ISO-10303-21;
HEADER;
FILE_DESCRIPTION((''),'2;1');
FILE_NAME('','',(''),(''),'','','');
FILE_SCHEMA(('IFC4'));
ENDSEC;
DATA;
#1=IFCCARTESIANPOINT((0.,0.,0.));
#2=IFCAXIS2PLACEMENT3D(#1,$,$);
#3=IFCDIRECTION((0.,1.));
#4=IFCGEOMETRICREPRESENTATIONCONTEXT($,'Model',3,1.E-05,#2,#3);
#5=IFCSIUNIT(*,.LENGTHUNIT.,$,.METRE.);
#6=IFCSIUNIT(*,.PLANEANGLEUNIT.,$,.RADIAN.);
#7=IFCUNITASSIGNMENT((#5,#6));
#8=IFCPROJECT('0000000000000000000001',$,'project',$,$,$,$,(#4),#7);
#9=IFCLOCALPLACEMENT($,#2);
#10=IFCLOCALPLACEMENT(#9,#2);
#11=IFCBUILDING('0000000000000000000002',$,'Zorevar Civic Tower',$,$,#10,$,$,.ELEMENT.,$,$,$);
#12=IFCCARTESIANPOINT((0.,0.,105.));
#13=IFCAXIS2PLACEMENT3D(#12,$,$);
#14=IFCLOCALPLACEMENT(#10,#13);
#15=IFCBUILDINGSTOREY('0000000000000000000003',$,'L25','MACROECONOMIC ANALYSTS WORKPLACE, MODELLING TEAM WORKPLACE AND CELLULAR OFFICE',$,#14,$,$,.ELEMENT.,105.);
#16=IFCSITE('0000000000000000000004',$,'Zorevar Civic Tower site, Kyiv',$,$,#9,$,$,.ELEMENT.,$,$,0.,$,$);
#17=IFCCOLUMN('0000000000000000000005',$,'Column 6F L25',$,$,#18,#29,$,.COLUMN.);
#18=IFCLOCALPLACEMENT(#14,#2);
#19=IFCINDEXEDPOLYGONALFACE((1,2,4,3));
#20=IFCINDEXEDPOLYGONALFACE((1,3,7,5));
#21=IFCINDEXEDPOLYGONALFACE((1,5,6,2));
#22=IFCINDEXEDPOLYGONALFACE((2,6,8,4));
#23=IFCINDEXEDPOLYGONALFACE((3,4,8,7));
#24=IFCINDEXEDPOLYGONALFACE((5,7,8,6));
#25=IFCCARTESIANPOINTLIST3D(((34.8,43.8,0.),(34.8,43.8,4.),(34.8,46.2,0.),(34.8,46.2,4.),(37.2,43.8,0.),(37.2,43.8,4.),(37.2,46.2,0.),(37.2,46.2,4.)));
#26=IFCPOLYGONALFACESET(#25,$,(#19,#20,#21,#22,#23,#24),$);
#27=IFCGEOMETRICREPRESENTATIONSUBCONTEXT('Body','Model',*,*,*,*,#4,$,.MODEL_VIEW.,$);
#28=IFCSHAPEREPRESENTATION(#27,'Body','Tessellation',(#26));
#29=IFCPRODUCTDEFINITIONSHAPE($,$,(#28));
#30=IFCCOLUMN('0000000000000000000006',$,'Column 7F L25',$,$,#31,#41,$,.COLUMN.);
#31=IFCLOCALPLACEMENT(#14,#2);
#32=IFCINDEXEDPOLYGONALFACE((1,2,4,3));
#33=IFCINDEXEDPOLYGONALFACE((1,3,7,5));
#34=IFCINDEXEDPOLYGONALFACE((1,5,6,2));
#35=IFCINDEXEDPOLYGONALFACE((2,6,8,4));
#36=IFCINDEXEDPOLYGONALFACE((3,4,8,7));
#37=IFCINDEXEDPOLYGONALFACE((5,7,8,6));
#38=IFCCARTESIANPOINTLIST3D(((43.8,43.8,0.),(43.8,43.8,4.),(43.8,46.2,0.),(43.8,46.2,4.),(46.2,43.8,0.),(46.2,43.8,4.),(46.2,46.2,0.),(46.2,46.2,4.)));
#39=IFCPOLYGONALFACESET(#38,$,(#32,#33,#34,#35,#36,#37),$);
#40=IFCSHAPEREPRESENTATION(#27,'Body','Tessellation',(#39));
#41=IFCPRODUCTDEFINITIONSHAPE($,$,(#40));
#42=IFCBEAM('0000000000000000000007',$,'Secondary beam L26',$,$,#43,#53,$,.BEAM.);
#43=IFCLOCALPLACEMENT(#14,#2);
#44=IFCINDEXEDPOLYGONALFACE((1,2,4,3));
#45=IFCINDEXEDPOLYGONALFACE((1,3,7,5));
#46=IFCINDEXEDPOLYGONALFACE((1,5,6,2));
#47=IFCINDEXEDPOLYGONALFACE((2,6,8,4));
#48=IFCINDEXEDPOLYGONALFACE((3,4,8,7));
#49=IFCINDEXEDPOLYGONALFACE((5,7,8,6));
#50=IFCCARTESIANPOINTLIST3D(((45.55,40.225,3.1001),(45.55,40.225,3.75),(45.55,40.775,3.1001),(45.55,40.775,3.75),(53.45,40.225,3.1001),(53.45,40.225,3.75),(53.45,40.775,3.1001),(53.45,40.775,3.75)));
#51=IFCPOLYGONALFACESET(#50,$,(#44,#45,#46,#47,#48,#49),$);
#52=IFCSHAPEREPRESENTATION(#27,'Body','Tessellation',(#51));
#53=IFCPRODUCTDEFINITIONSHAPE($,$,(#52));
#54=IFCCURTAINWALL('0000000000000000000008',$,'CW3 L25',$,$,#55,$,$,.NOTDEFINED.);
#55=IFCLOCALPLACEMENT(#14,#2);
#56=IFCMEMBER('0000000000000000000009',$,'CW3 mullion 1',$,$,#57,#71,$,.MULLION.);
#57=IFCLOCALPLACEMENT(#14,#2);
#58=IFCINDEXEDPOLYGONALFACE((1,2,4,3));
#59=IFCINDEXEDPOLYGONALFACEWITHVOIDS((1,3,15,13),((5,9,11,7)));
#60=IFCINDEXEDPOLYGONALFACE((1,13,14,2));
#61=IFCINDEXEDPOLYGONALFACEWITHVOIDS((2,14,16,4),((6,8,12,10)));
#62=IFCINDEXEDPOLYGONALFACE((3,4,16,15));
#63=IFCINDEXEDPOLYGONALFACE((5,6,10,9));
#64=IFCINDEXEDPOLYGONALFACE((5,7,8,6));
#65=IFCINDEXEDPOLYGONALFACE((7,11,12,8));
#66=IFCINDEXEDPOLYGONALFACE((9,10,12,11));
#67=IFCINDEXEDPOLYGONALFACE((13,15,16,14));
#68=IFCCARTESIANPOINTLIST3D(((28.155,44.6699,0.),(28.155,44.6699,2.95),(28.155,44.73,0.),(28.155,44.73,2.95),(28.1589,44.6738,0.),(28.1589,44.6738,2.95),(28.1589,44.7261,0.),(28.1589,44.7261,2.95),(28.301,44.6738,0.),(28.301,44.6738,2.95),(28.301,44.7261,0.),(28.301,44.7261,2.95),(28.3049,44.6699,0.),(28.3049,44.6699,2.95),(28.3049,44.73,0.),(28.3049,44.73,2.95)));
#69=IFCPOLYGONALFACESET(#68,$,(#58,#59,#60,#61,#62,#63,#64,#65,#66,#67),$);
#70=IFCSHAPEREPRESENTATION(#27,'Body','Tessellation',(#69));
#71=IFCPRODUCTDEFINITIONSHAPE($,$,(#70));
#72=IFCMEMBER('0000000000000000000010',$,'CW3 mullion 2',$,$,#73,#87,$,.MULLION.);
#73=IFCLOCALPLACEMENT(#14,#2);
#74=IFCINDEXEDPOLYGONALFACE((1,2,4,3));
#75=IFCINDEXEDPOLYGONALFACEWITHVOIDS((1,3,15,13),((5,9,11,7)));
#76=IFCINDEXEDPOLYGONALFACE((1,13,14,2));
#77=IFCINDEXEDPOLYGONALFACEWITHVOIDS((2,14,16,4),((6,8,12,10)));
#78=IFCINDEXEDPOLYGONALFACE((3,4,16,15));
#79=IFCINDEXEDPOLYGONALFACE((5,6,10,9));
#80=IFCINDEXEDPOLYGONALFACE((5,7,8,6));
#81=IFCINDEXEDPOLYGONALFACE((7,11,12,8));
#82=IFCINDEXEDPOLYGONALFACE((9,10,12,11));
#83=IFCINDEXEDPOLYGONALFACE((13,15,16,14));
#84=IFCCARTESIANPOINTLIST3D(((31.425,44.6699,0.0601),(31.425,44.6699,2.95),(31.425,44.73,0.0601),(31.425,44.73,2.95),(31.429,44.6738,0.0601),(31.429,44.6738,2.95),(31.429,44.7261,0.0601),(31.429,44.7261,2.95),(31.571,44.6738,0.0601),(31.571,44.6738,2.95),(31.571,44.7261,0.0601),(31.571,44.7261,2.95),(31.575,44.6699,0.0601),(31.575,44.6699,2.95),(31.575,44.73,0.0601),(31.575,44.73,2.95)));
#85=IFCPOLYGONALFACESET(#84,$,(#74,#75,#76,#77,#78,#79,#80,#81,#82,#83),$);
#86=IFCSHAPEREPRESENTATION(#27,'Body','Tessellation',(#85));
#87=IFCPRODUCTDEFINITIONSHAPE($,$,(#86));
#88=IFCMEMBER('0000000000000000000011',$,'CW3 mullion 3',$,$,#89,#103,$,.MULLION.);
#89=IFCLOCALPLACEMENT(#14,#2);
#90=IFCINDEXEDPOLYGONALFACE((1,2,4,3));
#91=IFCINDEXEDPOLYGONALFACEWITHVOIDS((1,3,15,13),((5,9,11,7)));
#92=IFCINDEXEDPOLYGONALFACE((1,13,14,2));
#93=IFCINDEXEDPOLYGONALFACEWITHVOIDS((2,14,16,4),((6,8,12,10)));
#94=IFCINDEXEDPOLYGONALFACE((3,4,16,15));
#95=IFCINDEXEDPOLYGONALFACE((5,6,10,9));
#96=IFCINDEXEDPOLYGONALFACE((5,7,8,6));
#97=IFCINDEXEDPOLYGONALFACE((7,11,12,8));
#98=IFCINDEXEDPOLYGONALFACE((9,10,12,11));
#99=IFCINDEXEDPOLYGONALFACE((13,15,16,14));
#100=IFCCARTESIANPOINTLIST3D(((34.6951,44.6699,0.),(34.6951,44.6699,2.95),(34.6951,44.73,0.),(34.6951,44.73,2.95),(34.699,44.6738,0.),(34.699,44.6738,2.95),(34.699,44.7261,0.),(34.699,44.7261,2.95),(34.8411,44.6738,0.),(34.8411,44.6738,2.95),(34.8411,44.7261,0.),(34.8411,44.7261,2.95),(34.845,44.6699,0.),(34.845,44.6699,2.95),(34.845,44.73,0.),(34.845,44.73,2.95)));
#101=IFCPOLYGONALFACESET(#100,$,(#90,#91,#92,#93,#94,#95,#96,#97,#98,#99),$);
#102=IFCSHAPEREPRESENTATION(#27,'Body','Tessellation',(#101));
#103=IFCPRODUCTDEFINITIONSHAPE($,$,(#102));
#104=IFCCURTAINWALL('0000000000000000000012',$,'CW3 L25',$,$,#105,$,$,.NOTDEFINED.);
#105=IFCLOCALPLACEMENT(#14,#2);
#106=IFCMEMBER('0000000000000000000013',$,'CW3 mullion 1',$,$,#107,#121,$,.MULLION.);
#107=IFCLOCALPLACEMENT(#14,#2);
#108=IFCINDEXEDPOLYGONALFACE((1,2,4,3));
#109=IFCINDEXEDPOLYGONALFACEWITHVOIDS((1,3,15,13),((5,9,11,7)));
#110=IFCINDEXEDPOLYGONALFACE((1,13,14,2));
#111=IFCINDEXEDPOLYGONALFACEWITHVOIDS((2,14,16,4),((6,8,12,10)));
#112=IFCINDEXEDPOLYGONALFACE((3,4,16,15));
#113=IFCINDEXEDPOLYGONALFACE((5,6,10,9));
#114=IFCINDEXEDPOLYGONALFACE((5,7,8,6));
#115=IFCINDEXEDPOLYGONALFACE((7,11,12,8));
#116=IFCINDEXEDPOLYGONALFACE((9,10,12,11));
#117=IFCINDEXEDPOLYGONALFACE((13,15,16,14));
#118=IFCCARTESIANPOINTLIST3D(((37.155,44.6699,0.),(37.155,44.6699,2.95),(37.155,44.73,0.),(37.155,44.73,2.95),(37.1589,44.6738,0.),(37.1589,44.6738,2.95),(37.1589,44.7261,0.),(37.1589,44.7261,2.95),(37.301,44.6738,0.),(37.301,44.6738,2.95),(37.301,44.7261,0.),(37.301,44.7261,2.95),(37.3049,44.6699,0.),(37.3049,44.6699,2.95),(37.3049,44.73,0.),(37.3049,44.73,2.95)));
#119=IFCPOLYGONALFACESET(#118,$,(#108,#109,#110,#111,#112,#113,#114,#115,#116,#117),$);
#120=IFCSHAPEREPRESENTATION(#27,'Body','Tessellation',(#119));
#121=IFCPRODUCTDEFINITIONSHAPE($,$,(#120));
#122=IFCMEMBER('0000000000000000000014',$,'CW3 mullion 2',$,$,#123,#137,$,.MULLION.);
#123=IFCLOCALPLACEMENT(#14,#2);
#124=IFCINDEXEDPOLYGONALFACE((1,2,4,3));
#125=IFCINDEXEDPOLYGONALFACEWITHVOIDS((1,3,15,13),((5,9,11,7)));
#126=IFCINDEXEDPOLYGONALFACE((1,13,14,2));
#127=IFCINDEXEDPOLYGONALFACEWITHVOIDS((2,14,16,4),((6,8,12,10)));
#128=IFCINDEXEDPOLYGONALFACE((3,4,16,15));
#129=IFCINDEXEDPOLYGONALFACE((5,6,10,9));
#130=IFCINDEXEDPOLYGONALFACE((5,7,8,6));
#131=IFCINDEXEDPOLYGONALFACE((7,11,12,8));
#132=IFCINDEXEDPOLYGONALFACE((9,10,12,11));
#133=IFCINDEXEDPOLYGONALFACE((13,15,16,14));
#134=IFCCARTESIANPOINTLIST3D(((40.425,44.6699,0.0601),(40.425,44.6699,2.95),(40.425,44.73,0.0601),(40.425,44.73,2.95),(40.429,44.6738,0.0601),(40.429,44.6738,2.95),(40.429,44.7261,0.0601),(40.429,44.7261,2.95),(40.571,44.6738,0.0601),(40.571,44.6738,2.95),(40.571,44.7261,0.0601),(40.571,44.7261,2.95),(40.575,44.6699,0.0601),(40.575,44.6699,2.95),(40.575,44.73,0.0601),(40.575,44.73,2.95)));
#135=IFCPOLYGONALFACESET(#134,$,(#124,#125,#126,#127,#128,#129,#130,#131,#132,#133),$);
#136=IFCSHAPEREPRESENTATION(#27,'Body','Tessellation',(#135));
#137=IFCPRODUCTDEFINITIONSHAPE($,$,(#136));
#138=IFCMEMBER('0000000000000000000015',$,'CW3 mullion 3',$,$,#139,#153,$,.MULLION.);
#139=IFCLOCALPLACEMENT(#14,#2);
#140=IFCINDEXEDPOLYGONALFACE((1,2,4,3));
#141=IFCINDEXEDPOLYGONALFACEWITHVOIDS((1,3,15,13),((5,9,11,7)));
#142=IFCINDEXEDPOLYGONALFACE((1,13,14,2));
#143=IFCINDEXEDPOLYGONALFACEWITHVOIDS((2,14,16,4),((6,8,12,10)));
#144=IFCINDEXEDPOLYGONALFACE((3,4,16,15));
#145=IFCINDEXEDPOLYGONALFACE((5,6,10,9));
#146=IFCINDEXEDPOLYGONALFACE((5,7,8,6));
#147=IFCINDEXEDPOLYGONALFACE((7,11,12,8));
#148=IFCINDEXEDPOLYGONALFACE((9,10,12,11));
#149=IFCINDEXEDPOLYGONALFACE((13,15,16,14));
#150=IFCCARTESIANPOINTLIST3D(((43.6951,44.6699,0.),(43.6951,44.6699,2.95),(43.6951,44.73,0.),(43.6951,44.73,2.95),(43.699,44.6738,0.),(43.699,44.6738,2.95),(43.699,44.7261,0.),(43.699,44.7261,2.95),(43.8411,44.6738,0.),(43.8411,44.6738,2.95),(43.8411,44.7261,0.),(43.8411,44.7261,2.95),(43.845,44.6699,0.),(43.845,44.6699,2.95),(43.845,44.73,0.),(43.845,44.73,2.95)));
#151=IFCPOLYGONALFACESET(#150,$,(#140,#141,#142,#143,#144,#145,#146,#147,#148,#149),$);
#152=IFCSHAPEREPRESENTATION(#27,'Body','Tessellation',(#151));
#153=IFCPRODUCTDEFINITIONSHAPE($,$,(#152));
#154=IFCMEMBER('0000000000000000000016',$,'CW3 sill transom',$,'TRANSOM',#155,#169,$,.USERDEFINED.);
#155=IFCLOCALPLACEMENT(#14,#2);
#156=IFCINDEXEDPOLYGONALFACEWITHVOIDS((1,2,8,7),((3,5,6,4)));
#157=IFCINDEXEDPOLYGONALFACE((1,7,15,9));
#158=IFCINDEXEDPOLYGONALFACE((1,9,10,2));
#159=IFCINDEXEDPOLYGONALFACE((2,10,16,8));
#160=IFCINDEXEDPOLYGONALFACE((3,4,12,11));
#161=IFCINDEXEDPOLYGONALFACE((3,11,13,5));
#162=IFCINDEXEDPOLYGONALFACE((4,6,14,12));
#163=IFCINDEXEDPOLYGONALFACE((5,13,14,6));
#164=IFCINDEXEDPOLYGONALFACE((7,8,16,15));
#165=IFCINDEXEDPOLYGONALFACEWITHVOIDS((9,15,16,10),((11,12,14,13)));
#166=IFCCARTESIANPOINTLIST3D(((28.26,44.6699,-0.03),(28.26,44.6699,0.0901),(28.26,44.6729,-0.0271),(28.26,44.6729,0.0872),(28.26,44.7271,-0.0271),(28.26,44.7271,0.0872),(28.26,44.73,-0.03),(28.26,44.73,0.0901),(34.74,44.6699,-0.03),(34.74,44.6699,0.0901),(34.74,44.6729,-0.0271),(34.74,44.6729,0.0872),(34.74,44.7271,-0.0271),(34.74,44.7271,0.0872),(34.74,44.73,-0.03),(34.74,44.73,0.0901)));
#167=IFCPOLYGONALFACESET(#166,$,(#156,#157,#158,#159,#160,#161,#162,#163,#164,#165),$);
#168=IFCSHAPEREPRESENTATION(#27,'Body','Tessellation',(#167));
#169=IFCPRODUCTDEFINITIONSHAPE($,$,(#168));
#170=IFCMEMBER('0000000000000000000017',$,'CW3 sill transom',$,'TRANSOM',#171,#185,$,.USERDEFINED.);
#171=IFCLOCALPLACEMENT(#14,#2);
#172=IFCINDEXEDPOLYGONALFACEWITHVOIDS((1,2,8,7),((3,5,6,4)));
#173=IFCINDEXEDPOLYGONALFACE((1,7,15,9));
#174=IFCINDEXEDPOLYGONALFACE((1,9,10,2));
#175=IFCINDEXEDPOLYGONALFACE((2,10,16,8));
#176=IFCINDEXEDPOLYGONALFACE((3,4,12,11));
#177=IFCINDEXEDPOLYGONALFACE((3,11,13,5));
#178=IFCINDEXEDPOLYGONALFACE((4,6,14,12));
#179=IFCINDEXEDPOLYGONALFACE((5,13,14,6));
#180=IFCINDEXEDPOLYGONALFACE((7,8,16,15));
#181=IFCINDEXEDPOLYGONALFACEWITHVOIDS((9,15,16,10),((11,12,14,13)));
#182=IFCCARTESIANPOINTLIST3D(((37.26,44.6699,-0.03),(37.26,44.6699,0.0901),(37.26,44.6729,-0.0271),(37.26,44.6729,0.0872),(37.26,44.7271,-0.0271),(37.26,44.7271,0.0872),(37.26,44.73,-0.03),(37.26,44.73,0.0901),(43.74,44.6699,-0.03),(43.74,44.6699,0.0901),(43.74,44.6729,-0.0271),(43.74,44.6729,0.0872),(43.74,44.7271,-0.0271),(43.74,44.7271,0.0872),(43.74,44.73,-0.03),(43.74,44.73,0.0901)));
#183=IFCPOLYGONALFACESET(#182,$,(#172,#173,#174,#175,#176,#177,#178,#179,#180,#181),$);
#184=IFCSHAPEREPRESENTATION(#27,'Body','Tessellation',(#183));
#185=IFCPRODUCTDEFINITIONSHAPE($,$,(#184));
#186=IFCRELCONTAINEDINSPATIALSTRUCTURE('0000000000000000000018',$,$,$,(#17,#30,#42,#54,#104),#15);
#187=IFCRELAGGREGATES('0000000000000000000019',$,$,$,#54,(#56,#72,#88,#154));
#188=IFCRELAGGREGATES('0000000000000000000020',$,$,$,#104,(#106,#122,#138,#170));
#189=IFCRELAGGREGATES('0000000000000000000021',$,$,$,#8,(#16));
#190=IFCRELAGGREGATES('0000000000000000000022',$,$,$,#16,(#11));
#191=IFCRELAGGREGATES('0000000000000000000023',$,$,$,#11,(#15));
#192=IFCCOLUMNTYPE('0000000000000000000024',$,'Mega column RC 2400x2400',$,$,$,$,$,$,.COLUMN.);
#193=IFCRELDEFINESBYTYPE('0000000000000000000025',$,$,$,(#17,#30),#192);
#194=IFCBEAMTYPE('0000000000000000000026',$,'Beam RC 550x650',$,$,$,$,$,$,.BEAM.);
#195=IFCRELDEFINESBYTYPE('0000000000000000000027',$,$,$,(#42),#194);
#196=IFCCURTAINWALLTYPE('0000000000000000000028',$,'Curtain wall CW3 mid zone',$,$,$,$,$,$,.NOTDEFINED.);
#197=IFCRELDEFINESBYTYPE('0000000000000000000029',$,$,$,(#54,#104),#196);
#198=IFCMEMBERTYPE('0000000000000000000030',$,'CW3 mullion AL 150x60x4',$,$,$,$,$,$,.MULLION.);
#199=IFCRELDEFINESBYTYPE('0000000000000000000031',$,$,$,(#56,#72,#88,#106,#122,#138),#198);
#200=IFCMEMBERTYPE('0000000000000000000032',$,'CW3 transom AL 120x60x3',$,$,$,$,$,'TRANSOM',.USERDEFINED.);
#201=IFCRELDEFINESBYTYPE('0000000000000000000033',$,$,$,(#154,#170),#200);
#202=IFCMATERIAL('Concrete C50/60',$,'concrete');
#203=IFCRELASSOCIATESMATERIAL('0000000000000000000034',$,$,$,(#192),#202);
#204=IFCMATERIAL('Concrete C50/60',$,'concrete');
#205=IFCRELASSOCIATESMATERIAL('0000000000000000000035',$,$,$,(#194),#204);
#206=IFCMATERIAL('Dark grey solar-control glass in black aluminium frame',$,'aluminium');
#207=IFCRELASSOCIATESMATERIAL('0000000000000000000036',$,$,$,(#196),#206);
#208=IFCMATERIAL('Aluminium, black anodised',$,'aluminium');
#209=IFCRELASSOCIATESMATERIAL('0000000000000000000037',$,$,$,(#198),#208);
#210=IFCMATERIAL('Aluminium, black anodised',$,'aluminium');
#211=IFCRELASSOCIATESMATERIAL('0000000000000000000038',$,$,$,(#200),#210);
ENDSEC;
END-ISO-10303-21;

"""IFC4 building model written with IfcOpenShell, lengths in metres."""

from ifc_helpers import new_model, si_unit, direction, frame, origin, origin_2d, place, context, subcontext, project, spatial, rectangle, hollow_rectangle, extrude, material, material_profile, profile_set, type_object, element, aggregate, save


model = new_model("IFC4")

# Units and contexts
model_context = context("Model", 3, precision=1e-05, world=origin(), true_north=direction((0.0, 1.0)))
body_context = subcontext(model_context, "Body", "Model", "MODEL_VIEW")
ifc_project = project(units=[si_unit("LENGTHUNIT", "METRE"), si_unit("PLANEANGLEUNIT", "RADIAN")], contexts=[model_context])

# Site, building, storey
site_placement = place(None, origin())
site = spatial("IfcSite", under=ifc_project, at=site_placement, Name="Zorevar Civic Tower site, Kyiv", CompositionType="ELEMENT", RefElevation=0.0)
building_placement = place(site_placement, origin())
building = spatial("IfcBuilding", under=site, at=building_placement, Name="Zorevar Civic Tower", CompositionType="ELEMENT")
storey_placement = place(building_placement, frame((0.0, 0.0, 105.0)))
storey = spatial("IfcBuildingStorey", under=building, at=storey_placement, Name="L25", Description="MACROECONOMIC ANALYSTS WORKPLACE, MODELLING TEAM WORKPLACE AND CELLULAR OFFICE", CompositionType="ELEMENT", Elevation=105.0)

# Columns
ifc_material_1 = material(Name="Concrete C50/60", Category="concrete")
ifc_material_profile_1 = material_profile(ifc_material_1, rectangle(XDim=2.3999, YDim=2.3999, at=origin_2d()), Name="RC 2400x2400")
ifc_profile_set_1 = profile_set([ifc_material_profile_1], Name="Concrete C50/60")
column_type = type_object("IfcColumnType", Name="Mega column RC 2400x2400", PredefinedType="COLUMN", material=ifc_profile_set_1)
for number, where, z_axis, x_axis, name in (
    (1, (36.0, 45.0, 0.0), (0.0, 0.0, 1.0), (1.0, 0.0, 0.0), "Column 6F L25"),
    (2, (45.0, 45.0, 0.0), (0.0, 0.0, 1.0), (1.0, 0.0, 0.0), "Column 7F L25"),
):
    element("IfcColumn", number, at=place(storey_placement, frame(where, z_axis=z_axis, x_axis=x_axis)), inside=storey, type_object=column_type, Name=name, PredefinedType="COLUMN", context=body_context, shape_type="SweptSolid", body=[
        extrude(rectangle(XDim=2.3999, YDim=2.3999, at=origin_2d()), origin(), (0.0, 0.0, 1.0), 4.0),
    ])

# Beam
ifc_material_2 = material(Name="Concrete C50/60", Category="concrete")
ifc_material_profile_2 = material_profile(ifc_material_2, rectangle(XDim=0.55, YDim=0.6499, at=origin_2d()), Name="RC 550x650")
ifc_profile_set_2 = profile_set([ifc_material_profile_2], Name="Concrete C50/60")
beam_type_1 = type_object("IfcBeamType", Name="Beam RC 550x650", PredefinedType="BEAM", material=ifc_profile_set_2)
beam_placement = place(storey_placement, frame((45.55, 40.5, 3.425), z_axis=(1.0, 0.0, 0.0), x_axis=(0.0, 1.0, 0.0)))
element("IfcBeam", 3, at=beam_placement, inside=storey, type_object=beam_type_1, Name="Secondary beam L26", PredefinedType="BEAM", context=body_context, shape_type="SweptSolid", body=[
    extrude(rectangle(XDim=0.55, YDim=0.6499, at=origin_2d()), origin(), (0.0, 0.0, 1.0), 7.8999),
])

# Curtain walls, members
ifc_material_3 = material(Name="Dark grey solar-control glass in black aluminium frame", Category="aluminium")
curtain_wall_type = type_object("IfcCurtainWallType", Name="Curtain wall CW3 mid zone", PredefinedType="NOTDEFINED", material=ifc_material_3)
curtain_wall_1_placement = place(storey_placement, origin())
curtain_wall_1 = element("IfcCurtainWall", 4, at=curtain_wall_1_placement, inside=storey, type_object=curtain_wall_type, Name="CW3 L25", PredefinedType="NOTDEFINED")
ifc_material_4 = material(Name="Aluminium, black anodised", Category="aluminium")
ifc_material_profile_3 = material_profile(ifc_material_4, hollow_rectangle(XDim=0.0601, YDim=0.1499, WallThickness=0.0039, at=origin_2d()), Name="AL 150x60x4")
ifc_profile_set_3 = profile_set([ifc_material_profile_3], Name="Aluminium, black anodised")
member_type_1 = type_object("IfcMemberType", Name="CW3 mullion AL 150x60x4", PredefinedType="MULLION", material=ifc_profile_set_3)
member_1_placement = place(storey_placement, frame((28.23, 44.7, 0.0), z_axis=(0.0, 0.0, 1.0), x_axis=(0.0, 1.0, 0.0)))
member_1 = element("IfcMember", 5, at=member_1_placement, type_object=member_type_1, Name="CW3 mullion 1", PredefinedType="MULLION", context=body_context, shape_type="SweptSolid", body=[
    extrude(hollow_rectangle(XDim=0.0601, YDim=0.1499, WallThickness=0.0039, at=origin_2d()), origin(), (0.0, 0.0, 1.0), 2.95),
])
member_2_placement = place(storey_placement, frame((31.5, 44.7, 0.0601), z_axis=(0.0, 0.0, 1.0), x_axis=(0.0, 1.0, 0.0)))
member_2 = element("IfcMember", 6, at=member_2_placement, type_object=member_type_1, Name="CW3 mullion 2", PredefinedType="MULLION", context=body_context, shape_type="SweptSolid", body=[
    extrude(hollow_rectangle(XDim=0.0601, YDim=0.1499, WallThickness=0.0039, at=origin_2d()), origin(), (0.0, 0.0, 1.0), 2.8899),
])
member_3_placement = place(storey_placement, frame((34.77, 44.7, 0.0), z_axis=(0.0, 0.0, 1.0), x_axis=(0.0, 1.0, 0.0)))
member_3 = element("IfcMember", 7, at=member_3_placement, type_object=member_type_1, Name="CW3 mullion 3", PredefinedType="MULLION", context=body_context, shape_type="SweptSolid", body=[
    extrude(hollow_rectangle(XDim=0.0601, YDim=0.1499, WallThickness=0.0039, at=origin_2d()), origin(), (0.0, 0.0, 1.0), 2.95),
])
curtain_wall_2_placement = place(storey_placement, origin())
curtain_wall_2 = element("IfcCurtainWall", 8, at=curtain_wall_2_placement, inside=storey, type_object=curtain_wall_type, Name="CW3 L25", PredefinedType="NOTDEFINED")
member_4_placement = place(storey_placement, frame((37.23, 44.7, 0.0), z_axis=(0.0, 0.0, 1.0), x_axis=(0.0, 1.0, 0.0)))
member_4 = element("IfcMember", 9, at=member_4_placement, type_object=member_type_1, Name="CW3 mullion 1", PredefinedType="MULLION", context=body_context, shape_type="SweptSolid", body=[
    extrude(hollow_rectangle(XDim=0.0601, YDim=0.1499, WallThickness=0.0039, at=origin_2d()), origin(), (0.0, 0.0, 1.0), 2.95),
])
member_5_placement = place(storey_placement, frame((40.5, 44.7, 0.0601), z_axis=(0.0, 0.0, 1.0), x_axis=(0.0, 1.0, 0.0)))
member_5 = element("IfcMember", 10, at=member_5_placement, type_object=member_type_1, Name="CW3 mullion 2", PredefinedType="MULLION", context=body_context, shape_type="SweptSolid", body=[
    extrude(hollow_rectangle(XDim=0.0601, YDim=0.1499, WallThickness=0.0039, at=origin_2d()), origin(), (0.0, 0.0, 1.0), 2.8899),
])
member_6_placement = place(storey_placement, frame((43.77, 44.7, 0.0), z_axis=(0.0, 0.0, 1.0), x_axis=(0.0, 1.0, 0.0)))
member_6 = element("IfcMember", 11, at=member_6_placement, type_object=member_type_1, Name="CW3 mullion 3", PredefinedType="MULLION", context=body_context, shape_type="SweptSolid", body=[
    extrude(hollow_rectangle(XDim=0.0601, YDim=0.1499, WallThickness=0.0039, at=origin_2d()), origin(), (0.0, 0.0, 1.0), 2.95),
])

# Members
ifc_material_5 = material(Name="Aluminium, black anodised", Category="aluminium")
ifc_material_profile_4 = material_profile(ifc_material_5, hollow_rectangle(XDim=0.0601, YDim=0.1201, WallThickness=0.0029, at=origin_2d()), Name="AL 120x60x3")
ifc_profile_set_4 = profile_set([ifc_material_profile_4], Name="Aluminium, black anodised")
member_type_2 = type_object("IfcMemberType", Name="CW3 transom AL 120x60x3", ElementType="TRANSOM", PredefinedType="USERDEFINED", material=ifc_profile_set_4)
member_7_placement = place(storey_placement, frame((28.26, 44.7, 0.03), z_axis=(1.0, 0.0, 0.0), x_axis=(0.0, 1.0, 0.0)))
member_7 = element("IfcMember", 12, at=member_7_placement, type_object=member_type_2, Name="CW3 sill transom", ObjectType="TRANSOM", PredefinedType="USERDEFINED", context=body_context, shape_type="SweptSolid", body=[
    extrude(hollow_rectangle(XDim=0.0601, YDim=0.1201, WallThickness=0.0029, at=origin_2d()), origin(), (0.0, 0.0, 1.0), 6.48),
])
member_8_placement = place(storey_placement, frame((37.26, 44.7, 0.03), z_axis=(1.0, 0.0, 0.0), x_axis=(0.0, 1.0, 0.0)))
member_8 = element("IfcMember", 13, at=member_8_placement, type_object=member_type_2, Name="CW3 sill transom", ObjectType="TRANSOM", PredefinedType="USERDEFINED", context=body_context, shape_type="SweptSolid", body=[
    extrude(hollow_rectangle(XDim=0.0601, YDim=0.1201, WallThickness=0.0029, at=origin_2d()), origin(), (0.0, 0.0, 1.0), 6.48),
])

aggregate(curtain_wall_1, [member_1, member_2, member_3, member_7])
aggregate(curtain_wall_2, [member_4, member_5, member_6, member_8])

save(model, "model.ifc")
